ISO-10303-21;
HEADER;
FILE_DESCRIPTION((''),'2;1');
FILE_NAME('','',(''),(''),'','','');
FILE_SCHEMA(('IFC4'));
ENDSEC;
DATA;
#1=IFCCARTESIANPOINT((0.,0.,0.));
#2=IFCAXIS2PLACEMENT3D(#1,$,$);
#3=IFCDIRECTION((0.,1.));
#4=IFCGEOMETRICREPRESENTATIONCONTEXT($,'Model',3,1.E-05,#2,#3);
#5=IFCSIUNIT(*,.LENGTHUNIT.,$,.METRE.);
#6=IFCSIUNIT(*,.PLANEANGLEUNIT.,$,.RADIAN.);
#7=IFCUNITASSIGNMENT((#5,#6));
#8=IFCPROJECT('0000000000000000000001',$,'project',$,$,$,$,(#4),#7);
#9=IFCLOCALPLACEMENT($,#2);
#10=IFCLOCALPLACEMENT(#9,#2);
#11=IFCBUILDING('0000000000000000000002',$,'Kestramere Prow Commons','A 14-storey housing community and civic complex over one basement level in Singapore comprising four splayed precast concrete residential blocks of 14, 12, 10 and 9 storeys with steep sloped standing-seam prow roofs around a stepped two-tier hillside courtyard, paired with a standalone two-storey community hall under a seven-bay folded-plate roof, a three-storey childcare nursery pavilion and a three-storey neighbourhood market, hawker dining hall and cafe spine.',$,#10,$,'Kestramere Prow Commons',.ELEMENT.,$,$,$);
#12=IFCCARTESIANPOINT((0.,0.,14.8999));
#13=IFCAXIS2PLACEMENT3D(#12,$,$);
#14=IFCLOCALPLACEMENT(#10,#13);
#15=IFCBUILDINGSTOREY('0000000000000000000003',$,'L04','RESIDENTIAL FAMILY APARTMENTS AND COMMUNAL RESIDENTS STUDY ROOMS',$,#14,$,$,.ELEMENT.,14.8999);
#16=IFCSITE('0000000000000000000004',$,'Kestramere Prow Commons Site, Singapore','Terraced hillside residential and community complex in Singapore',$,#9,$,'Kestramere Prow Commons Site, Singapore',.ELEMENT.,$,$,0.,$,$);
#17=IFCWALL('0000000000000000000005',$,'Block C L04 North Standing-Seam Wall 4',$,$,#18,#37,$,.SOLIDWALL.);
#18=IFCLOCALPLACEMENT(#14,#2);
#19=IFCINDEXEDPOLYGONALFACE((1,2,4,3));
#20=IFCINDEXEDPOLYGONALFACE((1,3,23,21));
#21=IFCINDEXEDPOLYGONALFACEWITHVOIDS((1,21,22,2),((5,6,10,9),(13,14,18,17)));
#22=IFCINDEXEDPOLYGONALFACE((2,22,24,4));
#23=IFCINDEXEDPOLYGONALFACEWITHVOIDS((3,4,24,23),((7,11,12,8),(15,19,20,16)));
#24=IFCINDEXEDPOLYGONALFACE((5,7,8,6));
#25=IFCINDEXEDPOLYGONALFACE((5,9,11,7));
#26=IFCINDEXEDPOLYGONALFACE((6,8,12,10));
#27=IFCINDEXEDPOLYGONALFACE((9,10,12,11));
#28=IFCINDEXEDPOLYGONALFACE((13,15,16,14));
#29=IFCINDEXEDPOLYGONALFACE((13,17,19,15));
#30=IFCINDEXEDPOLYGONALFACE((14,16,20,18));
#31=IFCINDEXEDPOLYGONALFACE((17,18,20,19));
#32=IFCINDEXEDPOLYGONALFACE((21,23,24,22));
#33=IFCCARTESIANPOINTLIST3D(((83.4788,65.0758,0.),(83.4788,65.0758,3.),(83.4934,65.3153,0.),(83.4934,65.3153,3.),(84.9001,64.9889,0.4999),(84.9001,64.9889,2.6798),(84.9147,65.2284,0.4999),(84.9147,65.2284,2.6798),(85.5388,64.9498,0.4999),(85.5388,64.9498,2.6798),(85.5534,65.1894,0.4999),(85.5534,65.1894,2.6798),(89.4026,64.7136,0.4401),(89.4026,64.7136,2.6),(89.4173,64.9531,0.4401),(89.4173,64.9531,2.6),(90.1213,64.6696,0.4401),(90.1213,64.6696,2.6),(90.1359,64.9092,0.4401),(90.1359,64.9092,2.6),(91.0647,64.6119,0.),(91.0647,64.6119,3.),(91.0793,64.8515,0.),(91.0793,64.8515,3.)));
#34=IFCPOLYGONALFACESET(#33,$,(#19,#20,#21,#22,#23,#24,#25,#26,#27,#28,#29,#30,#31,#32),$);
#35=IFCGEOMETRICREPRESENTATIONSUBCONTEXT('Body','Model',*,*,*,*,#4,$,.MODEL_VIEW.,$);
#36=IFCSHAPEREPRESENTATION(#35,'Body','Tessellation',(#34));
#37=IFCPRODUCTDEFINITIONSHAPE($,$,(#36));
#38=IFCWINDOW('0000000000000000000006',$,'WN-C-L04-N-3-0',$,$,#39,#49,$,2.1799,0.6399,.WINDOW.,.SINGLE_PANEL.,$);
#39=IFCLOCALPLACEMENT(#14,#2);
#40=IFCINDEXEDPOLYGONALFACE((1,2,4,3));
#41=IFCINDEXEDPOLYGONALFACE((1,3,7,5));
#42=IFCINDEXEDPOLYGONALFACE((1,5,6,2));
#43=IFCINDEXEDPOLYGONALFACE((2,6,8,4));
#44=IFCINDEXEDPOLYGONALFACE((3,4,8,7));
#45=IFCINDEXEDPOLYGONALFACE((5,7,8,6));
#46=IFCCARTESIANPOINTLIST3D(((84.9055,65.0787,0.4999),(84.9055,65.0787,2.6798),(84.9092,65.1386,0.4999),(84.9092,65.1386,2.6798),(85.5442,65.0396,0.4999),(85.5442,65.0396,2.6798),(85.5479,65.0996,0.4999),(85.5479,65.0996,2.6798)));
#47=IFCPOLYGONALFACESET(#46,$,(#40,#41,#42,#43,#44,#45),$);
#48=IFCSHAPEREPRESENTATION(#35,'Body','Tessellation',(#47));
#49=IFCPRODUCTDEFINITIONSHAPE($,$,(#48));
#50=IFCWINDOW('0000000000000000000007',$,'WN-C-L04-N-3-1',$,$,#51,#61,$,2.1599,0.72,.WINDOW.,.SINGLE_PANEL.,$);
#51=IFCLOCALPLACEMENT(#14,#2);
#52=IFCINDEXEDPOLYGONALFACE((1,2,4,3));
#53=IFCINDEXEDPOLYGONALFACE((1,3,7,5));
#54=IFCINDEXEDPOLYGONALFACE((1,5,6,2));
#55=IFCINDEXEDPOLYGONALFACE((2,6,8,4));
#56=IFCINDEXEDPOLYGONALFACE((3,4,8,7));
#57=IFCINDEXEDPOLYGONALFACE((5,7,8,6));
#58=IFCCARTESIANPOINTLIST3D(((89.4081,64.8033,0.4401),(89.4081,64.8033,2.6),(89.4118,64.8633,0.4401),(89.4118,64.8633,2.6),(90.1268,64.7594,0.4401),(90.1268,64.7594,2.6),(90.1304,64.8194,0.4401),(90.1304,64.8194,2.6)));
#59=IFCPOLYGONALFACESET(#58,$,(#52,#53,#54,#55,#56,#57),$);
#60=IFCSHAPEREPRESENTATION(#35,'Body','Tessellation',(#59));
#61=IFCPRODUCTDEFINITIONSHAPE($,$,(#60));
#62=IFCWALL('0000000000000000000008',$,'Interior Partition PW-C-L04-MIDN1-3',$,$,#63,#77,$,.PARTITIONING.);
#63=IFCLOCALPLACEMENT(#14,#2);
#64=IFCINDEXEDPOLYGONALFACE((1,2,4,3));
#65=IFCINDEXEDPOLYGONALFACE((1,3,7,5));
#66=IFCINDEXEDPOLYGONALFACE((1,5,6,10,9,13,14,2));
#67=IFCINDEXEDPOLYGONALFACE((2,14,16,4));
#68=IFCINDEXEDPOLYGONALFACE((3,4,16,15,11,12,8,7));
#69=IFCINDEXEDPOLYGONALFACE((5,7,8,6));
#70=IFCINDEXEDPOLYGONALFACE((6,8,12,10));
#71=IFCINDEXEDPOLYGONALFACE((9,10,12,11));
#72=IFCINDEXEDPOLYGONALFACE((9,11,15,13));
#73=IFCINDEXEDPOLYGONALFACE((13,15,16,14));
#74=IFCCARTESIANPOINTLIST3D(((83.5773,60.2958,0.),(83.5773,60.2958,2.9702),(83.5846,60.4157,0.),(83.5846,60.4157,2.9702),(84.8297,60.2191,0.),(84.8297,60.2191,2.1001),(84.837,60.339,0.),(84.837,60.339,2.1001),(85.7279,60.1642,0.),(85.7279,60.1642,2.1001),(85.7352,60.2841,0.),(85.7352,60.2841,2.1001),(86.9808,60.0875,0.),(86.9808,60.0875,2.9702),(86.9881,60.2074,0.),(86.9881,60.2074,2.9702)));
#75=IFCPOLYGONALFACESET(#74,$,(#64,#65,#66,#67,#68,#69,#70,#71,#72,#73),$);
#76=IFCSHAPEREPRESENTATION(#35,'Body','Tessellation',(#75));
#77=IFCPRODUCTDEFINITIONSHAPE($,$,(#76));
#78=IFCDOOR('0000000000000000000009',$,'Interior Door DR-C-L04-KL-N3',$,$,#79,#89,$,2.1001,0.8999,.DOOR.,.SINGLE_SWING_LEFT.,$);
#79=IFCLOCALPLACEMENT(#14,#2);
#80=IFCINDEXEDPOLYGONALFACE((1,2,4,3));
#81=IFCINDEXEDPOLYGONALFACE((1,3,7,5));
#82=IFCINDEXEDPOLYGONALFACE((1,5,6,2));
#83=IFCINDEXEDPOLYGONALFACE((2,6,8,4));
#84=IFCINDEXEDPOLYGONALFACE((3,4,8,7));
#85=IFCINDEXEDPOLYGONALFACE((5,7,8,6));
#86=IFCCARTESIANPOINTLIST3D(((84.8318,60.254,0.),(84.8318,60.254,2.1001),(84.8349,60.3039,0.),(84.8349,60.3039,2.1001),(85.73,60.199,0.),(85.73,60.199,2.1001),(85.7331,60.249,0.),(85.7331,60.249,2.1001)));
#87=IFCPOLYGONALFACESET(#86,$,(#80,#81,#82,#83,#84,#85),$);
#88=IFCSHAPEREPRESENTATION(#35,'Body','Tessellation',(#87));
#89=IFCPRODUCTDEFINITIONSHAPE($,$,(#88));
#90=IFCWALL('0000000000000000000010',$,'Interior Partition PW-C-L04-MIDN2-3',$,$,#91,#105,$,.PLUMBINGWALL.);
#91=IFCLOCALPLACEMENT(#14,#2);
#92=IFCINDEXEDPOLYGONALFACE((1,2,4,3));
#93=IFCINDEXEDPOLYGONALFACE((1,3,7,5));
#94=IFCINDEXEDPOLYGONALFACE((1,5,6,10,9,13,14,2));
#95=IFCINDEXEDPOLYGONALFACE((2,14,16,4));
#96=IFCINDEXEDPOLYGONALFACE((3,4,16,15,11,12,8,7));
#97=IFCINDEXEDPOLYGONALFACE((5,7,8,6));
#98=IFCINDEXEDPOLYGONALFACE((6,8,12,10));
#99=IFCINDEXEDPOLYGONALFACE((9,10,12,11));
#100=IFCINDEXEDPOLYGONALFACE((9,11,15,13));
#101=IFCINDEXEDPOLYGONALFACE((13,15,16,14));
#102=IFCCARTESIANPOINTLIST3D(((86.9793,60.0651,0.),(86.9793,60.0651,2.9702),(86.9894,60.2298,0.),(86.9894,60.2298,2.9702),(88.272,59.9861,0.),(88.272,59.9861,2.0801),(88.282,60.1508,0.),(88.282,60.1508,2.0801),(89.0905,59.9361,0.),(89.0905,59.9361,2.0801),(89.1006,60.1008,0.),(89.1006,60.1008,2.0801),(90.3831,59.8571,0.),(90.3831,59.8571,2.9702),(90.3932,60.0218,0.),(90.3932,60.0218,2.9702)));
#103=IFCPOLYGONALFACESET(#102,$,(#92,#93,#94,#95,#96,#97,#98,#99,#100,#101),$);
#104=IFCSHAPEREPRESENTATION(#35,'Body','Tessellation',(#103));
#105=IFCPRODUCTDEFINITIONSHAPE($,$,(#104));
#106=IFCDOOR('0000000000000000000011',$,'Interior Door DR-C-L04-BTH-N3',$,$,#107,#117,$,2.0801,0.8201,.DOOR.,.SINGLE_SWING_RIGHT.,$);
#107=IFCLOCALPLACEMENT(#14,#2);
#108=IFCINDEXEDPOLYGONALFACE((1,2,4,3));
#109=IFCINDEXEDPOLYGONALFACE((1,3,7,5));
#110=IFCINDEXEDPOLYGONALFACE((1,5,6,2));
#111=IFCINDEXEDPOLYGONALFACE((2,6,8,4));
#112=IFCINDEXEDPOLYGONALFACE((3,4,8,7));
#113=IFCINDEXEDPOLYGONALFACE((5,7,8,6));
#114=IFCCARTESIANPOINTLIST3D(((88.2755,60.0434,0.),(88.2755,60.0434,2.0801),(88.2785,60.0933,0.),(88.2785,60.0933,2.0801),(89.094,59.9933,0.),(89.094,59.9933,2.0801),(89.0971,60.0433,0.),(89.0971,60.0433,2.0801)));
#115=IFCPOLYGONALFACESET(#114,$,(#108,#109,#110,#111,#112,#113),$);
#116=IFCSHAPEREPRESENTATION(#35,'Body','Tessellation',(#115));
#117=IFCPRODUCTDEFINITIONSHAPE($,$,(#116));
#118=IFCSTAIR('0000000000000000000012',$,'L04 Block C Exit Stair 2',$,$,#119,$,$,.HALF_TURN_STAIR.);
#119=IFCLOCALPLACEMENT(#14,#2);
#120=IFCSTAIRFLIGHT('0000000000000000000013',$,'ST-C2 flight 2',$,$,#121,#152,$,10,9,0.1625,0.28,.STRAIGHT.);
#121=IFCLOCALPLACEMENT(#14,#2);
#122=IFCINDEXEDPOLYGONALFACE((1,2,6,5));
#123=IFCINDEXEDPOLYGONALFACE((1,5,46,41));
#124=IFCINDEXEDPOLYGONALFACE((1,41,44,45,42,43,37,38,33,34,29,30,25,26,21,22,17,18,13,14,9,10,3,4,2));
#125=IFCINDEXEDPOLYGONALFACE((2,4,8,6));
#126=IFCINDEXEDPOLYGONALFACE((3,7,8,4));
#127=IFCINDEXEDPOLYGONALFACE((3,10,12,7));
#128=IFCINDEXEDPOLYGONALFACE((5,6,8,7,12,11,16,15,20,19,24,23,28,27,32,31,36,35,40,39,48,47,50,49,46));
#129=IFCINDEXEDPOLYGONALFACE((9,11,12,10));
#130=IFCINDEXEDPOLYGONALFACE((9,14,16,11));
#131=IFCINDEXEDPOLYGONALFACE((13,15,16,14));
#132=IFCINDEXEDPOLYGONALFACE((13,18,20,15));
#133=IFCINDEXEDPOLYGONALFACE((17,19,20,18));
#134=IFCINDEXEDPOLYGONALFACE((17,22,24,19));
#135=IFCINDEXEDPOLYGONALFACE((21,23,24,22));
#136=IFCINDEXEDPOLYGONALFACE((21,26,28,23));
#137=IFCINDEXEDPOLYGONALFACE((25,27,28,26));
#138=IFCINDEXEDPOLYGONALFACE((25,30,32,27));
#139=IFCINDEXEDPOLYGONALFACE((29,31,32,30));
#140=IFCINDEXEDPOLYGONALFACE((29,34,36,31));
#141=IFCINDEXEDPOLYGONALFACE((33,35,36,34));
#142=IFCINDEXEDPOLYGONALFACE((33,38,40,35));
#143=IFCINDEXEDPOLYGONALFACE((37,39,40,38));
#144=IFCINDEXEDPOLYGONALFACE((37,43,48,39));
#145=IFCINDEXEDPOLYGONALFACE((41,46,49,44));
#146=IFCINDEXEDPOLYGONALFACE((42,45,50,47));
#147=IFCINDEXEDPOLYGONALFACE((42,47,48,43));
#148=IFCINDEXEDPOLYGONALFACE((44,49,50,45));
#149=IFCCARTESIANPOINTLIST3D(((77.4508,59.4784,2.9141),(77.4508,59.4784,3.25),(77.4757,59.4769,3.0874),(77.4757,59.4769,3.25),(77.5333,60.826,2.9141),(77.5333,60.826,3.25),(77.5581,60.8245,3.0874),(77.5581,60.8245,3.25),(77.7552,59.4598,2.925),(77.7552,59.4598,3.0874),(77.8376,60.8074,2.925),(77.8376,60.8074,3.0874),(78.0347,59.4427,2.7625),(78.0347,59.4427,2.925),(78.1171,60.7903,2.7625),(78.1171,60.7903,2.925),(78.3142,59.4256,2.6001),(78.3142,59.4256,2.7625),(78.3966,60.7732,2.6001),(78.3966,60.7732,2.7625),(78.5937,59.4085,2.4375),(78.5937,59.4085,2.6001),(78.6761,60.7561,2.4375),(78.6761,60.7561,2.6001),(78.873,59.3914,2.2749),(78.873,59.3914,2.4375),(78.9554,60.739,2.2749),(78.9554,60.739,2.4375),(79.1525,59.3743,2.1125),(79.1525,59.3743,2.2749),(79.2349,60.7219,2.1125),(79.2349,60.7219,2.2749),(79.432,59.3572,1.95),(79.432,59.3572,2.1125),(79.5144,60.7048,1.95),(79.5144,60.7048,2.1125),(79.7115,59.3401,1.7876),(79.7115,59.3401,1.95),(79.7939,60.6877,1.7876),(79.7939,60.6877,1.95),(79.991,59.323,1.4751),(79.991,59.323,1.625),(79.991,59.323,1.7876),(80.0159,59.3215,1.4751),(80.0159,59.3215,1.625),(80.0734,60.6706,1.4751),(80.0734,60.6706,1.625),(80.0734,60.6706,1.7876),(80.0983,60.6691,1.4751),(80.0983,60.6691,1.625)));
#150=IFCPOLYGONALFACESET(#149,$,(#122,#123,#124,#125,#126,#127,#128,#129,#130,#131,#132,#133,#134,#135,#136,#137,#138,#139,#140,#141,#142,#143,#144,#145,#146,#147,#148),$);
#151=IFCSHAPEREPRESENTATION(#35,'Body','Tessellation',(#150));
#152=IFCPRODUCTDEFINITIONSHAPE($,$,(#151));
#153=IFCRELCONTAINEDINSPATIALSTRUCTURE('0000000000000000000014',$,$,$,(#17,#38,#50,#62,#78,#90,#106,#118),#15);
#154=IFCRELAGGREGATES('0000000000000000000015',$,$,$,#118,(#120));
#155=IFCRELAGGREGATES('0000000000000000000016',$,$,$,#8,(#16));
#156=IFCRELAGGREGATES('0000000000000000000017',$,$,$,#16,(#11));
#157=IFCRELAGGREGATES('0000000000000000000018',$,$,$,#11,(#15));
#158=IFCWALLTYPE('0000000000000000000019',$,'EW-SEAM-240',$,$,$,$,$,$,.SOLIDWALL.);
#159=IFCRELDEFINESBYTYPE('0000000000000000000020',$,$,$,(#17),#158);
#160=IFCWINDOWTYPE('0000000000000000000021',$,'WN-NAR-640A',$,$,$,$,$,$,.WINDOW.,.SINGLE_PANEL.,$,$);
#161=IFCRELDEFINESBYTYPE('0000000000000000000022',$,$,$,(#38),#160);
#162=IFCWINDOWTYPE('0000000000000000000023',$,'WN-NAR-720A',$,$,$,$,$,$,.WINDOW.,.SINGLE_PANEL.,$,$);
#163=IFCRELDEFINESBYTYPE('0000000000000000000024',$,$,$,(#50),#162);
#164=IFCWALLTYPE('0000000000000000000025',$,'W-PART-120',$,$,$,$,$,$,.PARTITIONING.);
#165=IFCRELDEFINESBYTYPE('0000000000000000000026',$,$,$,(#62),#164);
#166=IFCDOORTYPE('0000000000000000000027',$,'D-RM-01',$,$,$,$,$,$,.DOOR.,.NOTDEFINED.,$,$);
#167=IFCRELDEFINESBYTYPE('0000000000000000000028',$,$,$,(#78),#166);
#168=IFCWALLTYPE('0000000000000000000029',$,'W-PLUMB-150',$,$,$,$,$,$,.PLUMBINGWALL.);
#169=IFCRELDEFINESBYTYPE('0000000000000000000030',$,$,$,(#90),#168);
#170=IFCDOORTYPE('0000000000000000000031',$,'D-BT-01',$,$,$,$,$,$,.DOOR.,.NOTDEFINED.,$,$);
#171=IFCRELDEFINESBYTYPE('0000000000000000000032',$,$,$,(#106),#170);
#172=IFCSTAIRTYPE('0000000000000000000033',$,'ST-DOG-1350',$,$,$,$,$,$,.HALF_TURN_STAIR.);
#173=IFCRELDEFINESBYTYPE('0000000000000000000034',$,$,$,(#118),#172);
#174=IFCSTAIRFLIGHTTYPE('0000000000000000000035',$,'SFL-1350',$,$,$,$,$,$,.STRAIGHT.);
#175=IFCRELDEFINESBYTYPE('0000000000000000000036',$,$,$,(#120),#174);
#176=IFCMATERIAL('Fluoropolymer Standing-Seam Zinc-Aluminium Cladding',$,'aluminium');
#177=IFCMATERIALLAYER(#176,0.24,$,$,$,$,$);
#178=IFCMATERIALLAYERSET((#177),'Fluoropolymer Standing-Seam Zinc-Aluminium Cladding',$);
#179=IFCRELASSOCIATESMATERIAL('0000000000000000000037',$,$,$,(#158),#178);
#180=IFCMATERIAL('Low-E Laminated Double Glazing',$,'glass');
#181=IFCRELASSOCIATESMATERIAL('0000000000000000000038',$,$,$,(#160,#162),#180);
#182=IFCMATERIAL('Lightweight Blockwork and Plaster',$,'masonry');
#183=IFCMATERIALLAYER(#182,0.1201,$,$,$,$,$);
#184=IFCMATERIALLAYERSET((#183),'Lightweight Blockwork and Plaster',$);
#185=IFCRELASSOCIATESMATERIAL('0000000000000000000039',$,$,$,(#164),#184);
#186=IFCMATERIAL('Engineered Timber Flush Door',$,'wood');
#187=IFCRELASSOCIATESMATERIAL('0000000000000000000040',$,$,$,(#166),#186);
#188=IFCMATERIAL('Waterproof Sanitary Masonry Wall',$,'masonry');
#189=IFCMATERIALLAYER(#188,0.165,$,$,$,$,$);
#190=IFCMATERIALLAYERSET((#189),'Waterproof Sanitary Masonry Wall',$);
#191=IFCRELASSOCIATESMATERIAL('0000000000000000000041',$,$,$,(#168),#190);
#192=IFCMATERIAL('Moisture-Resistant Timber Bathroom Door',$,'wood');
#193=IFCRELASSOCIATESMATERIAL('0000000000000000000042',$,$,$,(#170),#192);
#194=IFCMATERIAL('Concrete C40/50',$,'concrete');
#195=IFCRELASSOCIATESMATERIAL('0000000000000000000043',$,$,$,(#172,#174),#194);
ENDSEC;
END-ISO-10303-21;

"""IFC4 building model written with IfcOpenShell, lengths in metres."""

from ifc_helpers import new_model, si_unit, direction, frame, frame_2d, origin, place, context, subcontext, project, spatial, polyline, rectangle, outline, extrude, material, layer, layer_set, type_object, element, fill, aggregate, save


model = new_model("IFC4")

# Units and contexts
model_context = context("Model", 3, precision=1e-05, world=origin(), true_north=direction((0.0, 1.0)))
body_context = subcontext(model_context, "Body", "Model", "MODEL_VIEW")
ifc_project = project(units=[si_unit("LENGTHUNIT", "METRE"), si_unit("PLANEANGLEUNIT", "RADIAN")], contexts=[model_context])

# Site, building, storey
site_placement = place(None, origin())
site = spatial("IfcSite", under=ifc_project, at=site_placement, Name="Kestramere Prow Commons Site, Singapore", Description="Terraced hillside residential and community complex in Singapore", LongName="Kestramere Prow Commons Site, Singapore", CompositionType="ELEMENT", RefElevation=0.0)
building_placement = place(site_placement, origin())
building = spatial("IfcBuilding", under=site, at=building_placement, Name="Kestramere Prow Commons", Description="A 14-storey housing community and civic complex over one basement level in Singapore comprising four splayed precast concrete residential blocks of 14, 12, 10 and 9 storeys with steep sloped standing-seam prow roofs around a stepped two-tier hillside courtyard, paired with a standalone two-storey community hall under a seven-bay folded-plate roof, a three-storey childcare nursery pavilion and a three-storey neighbourhood market, hawker dining hall and cafe spine.", LongName="Kestramere Prow Commons", CompositionType="ELEMENT")
storey_placement = place(building_placement, frame((0.0, 0.0, 14.8999)))
storey = spatial("IfcBuildingStorey", under=building, at=storey_placement, Name="L04", Description="RESIDENTIAL FAMILY APARTMENTS AND COMMUNAL RESIDENTS STUDY ROOMS", CompositionType="ELEMENT", Elevation=14.8999)

# Shared definitions
ifc_material_1 = material(Name="Low-E Laminated Double Glazing", Category="glass")

# Shared definitions
ifc_material_2 = material(Name="Fluoropolymer Standing-Seam Zinc-Aluminium Cladding", Category="aluminium")
ifc_layer_1 = layer(ifc_material_2, 0.24)
ifc_layer_set_1 = layer_set([ifc_layer_1], Name="Fluoropolymer Standing-Seam Zinc-Aluminium Cladding")
wall_type_1 = type_object("IfcWallType", Name="EW-SEAM-240", PredefinedType="SOLIDWALL", material=ifc_layer_set_1)

# Wall, openings, windows
wall_1_placement = place(storey_placement, frame((83.4861, 65.1956, 0.0), z_axis=(0.0, 0.0, 1.0), x_axis=(0.998136, -0.061034, 0.0)))
wall_1 = element("IfcWall", 1, at=wall_1_placement, inside=storey, type_object=wall_type_1, Name="Block C L04 North Standing-Seam Wall 4", PredefinedType="SOLIDWALL", context=body_context, shape_type="SweptSolid", body=[
    extrude(rectangle(XDim=7.6001, YDim=0.24, at=frame_2d((3.8, 0.0))), origin(), (0.0, 0.0, 1.0), 3.0),
])
opening_1_placement = place(wall_1_placement, frame((1.4241, 0.0, 0.5)))
opening_1 = element("IfcOpeningElement", 2, at=opening_1_placement, cuts=wall_1, PredefinedType="OPENING", context=body_context, shape_type="SweptSolid", body=[
    extrude(rectangle(XDim=0.6399, YDim=2.1799, at=frame_2d((0.3198, 1.0898))), frame((0.0, 0.135, 0.0), z_axis=(0.0, -1.0, 0.0), x_axis=(1.0, 0.0, 0.0)), (0.0, 0.0, 1.0), 0.27),
])
opening_2_placement = place(wall_1_placement, frame((5.9351, 0.0, 0.4399)))
opening_2 = element("IfcOpeningElement", 3, at=opening_2_placement, cuts=wall_1, PredefinedType="OPENING", context=body_context, shape_type="SweptSolid", body=[
    extrude(rectangle(XDim=0.72, YDim=2.1599, at=frame_2d((0.3599, 1.0801))), frame((0.0, 0.135, 0.0), z_axis=(0.0, -1.0, 0.0), x_axis=(1.0, 0.0, 0.0)), (0.0, 0.0, 1.0), 0.27),
])
window_type_1 = type_object("IfcWindowType", Name="WN-NAR-640A", PartitioningType="SINGLE_PANEL", PredefinedType="WINDOW", material=ifc_material_1)
window_1_placement = place(opening_1_placement, origin())
window_1 = element("IfcWindow", 4, at=window_1_placement, inside=storey, type_object=window_type_1, Name="WN-C-L04-N-3-0", OverallHeight=2.1799, OverallWidth=0.6399, PartitioningType="SINGLE_PANEL", PredefinedType="WINDOW", context=body_context, shape_type="SweptSolid", body=[
    extrude(rectangle(XDim=0.6399, YDim=2.1799, at=frame_2d((0.3198, 1.0898))), frame((0.0, 0.03, 0.0), z_axis=(0.0, -1.0, 0.0), x_axis=(1.0, 0.0, 0.0)), (0.0, 0.0, 1.0), 0.0601),
])
fill(opening_1, window_1)
window_type_2 = type_object("IfcWindowType", Name="WN-NAR-720A", PartitioningType="SINGLE_PANEL", PredefinedType="WINDOW", material=ifc_material_1)
window_2_placement = place(opening_2_placement, origin())
window_2 = element("IfcWindow", 5, at=window_2_placement, inside=storey, type_object=window_type_2, Name="WN-C-L04-N-3-1", OverallHeight=2.1599, OverallWidth=0.72, PartitioningType="SINGLE_PANEL", PredefinedType="WINDOW", context=body_context, shape_type="SweptSolid", body=[
    extrude(rectangle(XDim=0.72, YDim=2.1599, at=frame_2d((0.3599, 1.0801))), frame((0.0, 0.03, 0.0), z_axis=(0.0, -1.0, 0.0), x_axis=(1.0, 0.0, 0.0)), (0.0, 0.0, 1.0), 0.0601),
])
fill(opening_2, window_2)

# Walls, openings, doors
ifc_material_3 = material(Name="Lightweight Blockwork and Plaster", Category="masonry")
ifc_layer_2 = layer(ifc_material_3, 0.1201)
ifc_layer_set_2 = layer_set([ifc_layer_2], Name="Lightweight Blockwork and Plaster")
wall_type_2 = type_object("IfcWallType", Name="W-PART-120", PredefinedType="PARTITIONING", material=ifc_layer_set_2)
wall_2_placement = place(storey_placement, frame((83.5808, 60.3557, 0.0), z_axis=(0.0, 0.0, 1.0), x_axis=(0.998133, -0.061072, 0.0)))
wall_2 = element("IfcWall", 6, at=wall_2_placement, inside=storey, type_object=wall_type_2, Name="Interior Partition PW-C-L04-MIDN1-3", PredefinedType="PARTITIONING", context=body_context, shape_type="SweptSolid", body=[
    extrude(rectangle(XDim=3.4099, YDim=0.1201, at=frame_2d((1.7051, 0.0))), origin(), (0.0, 0.0, 1.0), 2.9702),
])
opening_3_placement = place(wall_2_placement, frame((1.2549, 0.0, 0.0)))
opening_3 = element("IfcOpeningElement", 7, at=opening_3_placement, cuts=wall_2, PredefinedType="OPENING", context=body_context, shape_type="SweptSolid", body=[
    extrude(rectangle(XDim=0.8999, YDim=2.1001, at=frame_2d((0.45, 1.05))), frame((0.0, 0.075, 0.0), z_axis=(0.0, -1.0, 0.0), x_axis=(1.0, 0.0, 0.0)), (0.0, 0.0, 1.0), 0.1501),
])
ifc_material_4 = material(Name="Engineered Timber Flush Door", Category="wood")
door_type_1 = type_object("IfcDoorType", Name="D-RM-01", OperationType="NOTDEFINED", PredefinedType="DOOR", material=ifc_material_4)
door_1_placement = place(opening_3_placement, origin())
door_1 = element("IfcDoor", 8, at=door_1_placement, inside=storey, type_object=door_type_1, Name="Interior Door DR-C-L04-KL-N3", OperationType="SINGLE_SWING_LEFT", OverallHeight=2.1001, OverallWidth=0.8999, PredefinedType="DOOR", context=body_context, shape_type="SweptSolid", body=[
    extrude(rectangle(XDim=0.8999, YDim=2.1001, at=frame_2d((0.45, 1.05))), frame((0.0, 0.0249, 0.0), z_axis=(0.0, -1.0, 0.0), x_axis=(1.0, 0.0, 0.0)), (0.0, 0.0, 1.0), 0.05),
])
fill(opening_3, door_1)
ifc_material_5 = material(Name="Waterproof Sanitary Masonry Wall", Category="masonry")
ifc_layer_3 = layer(ifc_material_5, 0.165)
ifc_layer_set_3 = layer_set([ifc_layer_3], Name="Waterproof Sanitary Masonry Wall")
wall_type_3 = type_object("IfcWallType", Name="W-PLUMB-150", PredefinedType="PLUMBINGWALL", material=ifc_layer_set_3)
wall_3_placement = place(storey_placement, frame((86.9844, 60.1475, 0.0), z_axis=(0.0, 0.0, 1.0), x_axis=(0.998138, -0.060997, 0.0)))
wall_3 = element("IfcWall", 9, at=wall_3_placement, inside=storey, type_object=wall_type_3, Name="Interior Partition PW-C-L04-MIDN2-3", PredefinedType="PLUMBINGWALL", context=body_context, shape_type="SweptSolid", body=[
    extrude(rectangle(XDim=3.4102, YDim=0.165, at=frame_2d((1.7051, 0.0))), origin(), (0.0, 0.0, 1.0), 2.9702),
])
opening_4_placement = place(wall_3_placement, frame((1.2949, 0.0, 0.0)))
opening_4 = element("IfcOpeningElement", 10, at=opening_4_placement, cuts=wall_3, PredefinedType="OPENING", context=body_context, shape_type="SweptSolid", body=[
    extrude(rectangle(XDim=0.8201, YDim=2.0801, at=frame_2d((0.4102, 1.04))), frame((0.0, 0.0974, 0.0), z_axis=(0.0, -1.0, 0.0), x_axis=(1.0, 0.0, 0.0)), (0.0, 0.0, 1.0), 0.1951),
])
ifc_material_6 = material(Name="Moisture-Resistant Timber Bathroom Door", Category="wood")
door_type_2 = type_object("IfcDoorType", Name="D-BT-01", OperationType="NOTDEFINED", PredefinedType="DOOR", material=ifc_material_6)
door_2_placement = place(opening_4_placement, origin())
door_2 = element("IfcDoor", 11, at=door_2_placement, inside=storey, type_object=door_type_2, Name="Interior Door DR-C-L04-BTH-N3", OperationType="SINGLE_SWING_RIGHT", OverallHeight=2.0801, OverallWidth=0.8201, PredefinedType="DOOR", context=body_context, shape_type="SweptSolid", body=[
    extrude(rectangle(XDim=0.8201, YDim=2.0801, at=frame_2d((0.4102, 1.04))), frame((0.0, 0.0249, 0.0), z_axis=(0.0, -1.0, 0.0), x_axis=(1.0, 0.0, 0.0)), (0.0, 0.0, 1.0), 0.05),
])
fill(opening_4, door_2)

# Stair, stair flight
ifc_material_7 = material(Name="Concrete C40/50", Category="concrete")
stair_type = type_object("IfcStairType", Name="ST-DOG-1350", PredefinedType="HALF_TURN_STAIR", material=ifc_material_7)
stair_placement = place(storey_placement, origin())
stair = element("IfcStair", 12, at=stair_placement, inside=storey, type_object=stair_type, Name="L04 Block C Exit Stair 2", PredefinedType="HALF_TURN_STAIR")
stair_flight_type = type_object("IfcStairFlightType", Name="SFL-1350", PredefinedType="STRAIGHT", material=ifc_material_7)
stair_flight_placement = place(storey_placement, frame((80.0322, 59.9968, 1.625), z_axis=(0.0, 0.0, 1.0), x_axis=(-0.998135, 0.061049, 0.0)))
stair_flight = element("IfcStairFlight", 13, at=stair_flight_placement, type_object=stair_flight_type, Name="ST-C2 flight 2", NumberOfRisers=10, NumberOfTreads=9, PredefinedType="STRAIGHT", RiserHeight=0.1625, TreadLength=0.28, context=body_context, shape_type="SweptSolid", body=[
    extrude(outline(polyline([(-0.0249, 0.0), (0.0, 0.0), (0.0, 0.1626), (0.28, 0.1626), (0.28, 0.325), (0.5601, 0.325), (0.5601, 0.4875), (0.8401, 0.4875), (0.8401, 0.6499), (1.1201, 0.6499), (1.1201, 0.8125), (1.3999, 0.8125), (1.3999, 0.9751), (1.6799, 0.9751), (1.6799, 1.1375), (1.96, 1.1375), (1.96, 1.3), (2.24, 1.3), (2.24, 1.4624), (2.52, 1.4624), (2.52, 1.625), (2.5449, 1.625), (2.5449, 1.2891), (0.0, -0.1499), (-0.0249, -0.1499), (-0.0249, 0.0)])), frame((0.0, 0.675, 0.0), z_axis=(0.0, -1.0, 0.0), x_axis=(1.0, 0.0, 0.0)), (0.0, 0.0, 1.0), 1.3501),
])
aggregate(stair, [stair_flight])

save(model, "model.ifc")
